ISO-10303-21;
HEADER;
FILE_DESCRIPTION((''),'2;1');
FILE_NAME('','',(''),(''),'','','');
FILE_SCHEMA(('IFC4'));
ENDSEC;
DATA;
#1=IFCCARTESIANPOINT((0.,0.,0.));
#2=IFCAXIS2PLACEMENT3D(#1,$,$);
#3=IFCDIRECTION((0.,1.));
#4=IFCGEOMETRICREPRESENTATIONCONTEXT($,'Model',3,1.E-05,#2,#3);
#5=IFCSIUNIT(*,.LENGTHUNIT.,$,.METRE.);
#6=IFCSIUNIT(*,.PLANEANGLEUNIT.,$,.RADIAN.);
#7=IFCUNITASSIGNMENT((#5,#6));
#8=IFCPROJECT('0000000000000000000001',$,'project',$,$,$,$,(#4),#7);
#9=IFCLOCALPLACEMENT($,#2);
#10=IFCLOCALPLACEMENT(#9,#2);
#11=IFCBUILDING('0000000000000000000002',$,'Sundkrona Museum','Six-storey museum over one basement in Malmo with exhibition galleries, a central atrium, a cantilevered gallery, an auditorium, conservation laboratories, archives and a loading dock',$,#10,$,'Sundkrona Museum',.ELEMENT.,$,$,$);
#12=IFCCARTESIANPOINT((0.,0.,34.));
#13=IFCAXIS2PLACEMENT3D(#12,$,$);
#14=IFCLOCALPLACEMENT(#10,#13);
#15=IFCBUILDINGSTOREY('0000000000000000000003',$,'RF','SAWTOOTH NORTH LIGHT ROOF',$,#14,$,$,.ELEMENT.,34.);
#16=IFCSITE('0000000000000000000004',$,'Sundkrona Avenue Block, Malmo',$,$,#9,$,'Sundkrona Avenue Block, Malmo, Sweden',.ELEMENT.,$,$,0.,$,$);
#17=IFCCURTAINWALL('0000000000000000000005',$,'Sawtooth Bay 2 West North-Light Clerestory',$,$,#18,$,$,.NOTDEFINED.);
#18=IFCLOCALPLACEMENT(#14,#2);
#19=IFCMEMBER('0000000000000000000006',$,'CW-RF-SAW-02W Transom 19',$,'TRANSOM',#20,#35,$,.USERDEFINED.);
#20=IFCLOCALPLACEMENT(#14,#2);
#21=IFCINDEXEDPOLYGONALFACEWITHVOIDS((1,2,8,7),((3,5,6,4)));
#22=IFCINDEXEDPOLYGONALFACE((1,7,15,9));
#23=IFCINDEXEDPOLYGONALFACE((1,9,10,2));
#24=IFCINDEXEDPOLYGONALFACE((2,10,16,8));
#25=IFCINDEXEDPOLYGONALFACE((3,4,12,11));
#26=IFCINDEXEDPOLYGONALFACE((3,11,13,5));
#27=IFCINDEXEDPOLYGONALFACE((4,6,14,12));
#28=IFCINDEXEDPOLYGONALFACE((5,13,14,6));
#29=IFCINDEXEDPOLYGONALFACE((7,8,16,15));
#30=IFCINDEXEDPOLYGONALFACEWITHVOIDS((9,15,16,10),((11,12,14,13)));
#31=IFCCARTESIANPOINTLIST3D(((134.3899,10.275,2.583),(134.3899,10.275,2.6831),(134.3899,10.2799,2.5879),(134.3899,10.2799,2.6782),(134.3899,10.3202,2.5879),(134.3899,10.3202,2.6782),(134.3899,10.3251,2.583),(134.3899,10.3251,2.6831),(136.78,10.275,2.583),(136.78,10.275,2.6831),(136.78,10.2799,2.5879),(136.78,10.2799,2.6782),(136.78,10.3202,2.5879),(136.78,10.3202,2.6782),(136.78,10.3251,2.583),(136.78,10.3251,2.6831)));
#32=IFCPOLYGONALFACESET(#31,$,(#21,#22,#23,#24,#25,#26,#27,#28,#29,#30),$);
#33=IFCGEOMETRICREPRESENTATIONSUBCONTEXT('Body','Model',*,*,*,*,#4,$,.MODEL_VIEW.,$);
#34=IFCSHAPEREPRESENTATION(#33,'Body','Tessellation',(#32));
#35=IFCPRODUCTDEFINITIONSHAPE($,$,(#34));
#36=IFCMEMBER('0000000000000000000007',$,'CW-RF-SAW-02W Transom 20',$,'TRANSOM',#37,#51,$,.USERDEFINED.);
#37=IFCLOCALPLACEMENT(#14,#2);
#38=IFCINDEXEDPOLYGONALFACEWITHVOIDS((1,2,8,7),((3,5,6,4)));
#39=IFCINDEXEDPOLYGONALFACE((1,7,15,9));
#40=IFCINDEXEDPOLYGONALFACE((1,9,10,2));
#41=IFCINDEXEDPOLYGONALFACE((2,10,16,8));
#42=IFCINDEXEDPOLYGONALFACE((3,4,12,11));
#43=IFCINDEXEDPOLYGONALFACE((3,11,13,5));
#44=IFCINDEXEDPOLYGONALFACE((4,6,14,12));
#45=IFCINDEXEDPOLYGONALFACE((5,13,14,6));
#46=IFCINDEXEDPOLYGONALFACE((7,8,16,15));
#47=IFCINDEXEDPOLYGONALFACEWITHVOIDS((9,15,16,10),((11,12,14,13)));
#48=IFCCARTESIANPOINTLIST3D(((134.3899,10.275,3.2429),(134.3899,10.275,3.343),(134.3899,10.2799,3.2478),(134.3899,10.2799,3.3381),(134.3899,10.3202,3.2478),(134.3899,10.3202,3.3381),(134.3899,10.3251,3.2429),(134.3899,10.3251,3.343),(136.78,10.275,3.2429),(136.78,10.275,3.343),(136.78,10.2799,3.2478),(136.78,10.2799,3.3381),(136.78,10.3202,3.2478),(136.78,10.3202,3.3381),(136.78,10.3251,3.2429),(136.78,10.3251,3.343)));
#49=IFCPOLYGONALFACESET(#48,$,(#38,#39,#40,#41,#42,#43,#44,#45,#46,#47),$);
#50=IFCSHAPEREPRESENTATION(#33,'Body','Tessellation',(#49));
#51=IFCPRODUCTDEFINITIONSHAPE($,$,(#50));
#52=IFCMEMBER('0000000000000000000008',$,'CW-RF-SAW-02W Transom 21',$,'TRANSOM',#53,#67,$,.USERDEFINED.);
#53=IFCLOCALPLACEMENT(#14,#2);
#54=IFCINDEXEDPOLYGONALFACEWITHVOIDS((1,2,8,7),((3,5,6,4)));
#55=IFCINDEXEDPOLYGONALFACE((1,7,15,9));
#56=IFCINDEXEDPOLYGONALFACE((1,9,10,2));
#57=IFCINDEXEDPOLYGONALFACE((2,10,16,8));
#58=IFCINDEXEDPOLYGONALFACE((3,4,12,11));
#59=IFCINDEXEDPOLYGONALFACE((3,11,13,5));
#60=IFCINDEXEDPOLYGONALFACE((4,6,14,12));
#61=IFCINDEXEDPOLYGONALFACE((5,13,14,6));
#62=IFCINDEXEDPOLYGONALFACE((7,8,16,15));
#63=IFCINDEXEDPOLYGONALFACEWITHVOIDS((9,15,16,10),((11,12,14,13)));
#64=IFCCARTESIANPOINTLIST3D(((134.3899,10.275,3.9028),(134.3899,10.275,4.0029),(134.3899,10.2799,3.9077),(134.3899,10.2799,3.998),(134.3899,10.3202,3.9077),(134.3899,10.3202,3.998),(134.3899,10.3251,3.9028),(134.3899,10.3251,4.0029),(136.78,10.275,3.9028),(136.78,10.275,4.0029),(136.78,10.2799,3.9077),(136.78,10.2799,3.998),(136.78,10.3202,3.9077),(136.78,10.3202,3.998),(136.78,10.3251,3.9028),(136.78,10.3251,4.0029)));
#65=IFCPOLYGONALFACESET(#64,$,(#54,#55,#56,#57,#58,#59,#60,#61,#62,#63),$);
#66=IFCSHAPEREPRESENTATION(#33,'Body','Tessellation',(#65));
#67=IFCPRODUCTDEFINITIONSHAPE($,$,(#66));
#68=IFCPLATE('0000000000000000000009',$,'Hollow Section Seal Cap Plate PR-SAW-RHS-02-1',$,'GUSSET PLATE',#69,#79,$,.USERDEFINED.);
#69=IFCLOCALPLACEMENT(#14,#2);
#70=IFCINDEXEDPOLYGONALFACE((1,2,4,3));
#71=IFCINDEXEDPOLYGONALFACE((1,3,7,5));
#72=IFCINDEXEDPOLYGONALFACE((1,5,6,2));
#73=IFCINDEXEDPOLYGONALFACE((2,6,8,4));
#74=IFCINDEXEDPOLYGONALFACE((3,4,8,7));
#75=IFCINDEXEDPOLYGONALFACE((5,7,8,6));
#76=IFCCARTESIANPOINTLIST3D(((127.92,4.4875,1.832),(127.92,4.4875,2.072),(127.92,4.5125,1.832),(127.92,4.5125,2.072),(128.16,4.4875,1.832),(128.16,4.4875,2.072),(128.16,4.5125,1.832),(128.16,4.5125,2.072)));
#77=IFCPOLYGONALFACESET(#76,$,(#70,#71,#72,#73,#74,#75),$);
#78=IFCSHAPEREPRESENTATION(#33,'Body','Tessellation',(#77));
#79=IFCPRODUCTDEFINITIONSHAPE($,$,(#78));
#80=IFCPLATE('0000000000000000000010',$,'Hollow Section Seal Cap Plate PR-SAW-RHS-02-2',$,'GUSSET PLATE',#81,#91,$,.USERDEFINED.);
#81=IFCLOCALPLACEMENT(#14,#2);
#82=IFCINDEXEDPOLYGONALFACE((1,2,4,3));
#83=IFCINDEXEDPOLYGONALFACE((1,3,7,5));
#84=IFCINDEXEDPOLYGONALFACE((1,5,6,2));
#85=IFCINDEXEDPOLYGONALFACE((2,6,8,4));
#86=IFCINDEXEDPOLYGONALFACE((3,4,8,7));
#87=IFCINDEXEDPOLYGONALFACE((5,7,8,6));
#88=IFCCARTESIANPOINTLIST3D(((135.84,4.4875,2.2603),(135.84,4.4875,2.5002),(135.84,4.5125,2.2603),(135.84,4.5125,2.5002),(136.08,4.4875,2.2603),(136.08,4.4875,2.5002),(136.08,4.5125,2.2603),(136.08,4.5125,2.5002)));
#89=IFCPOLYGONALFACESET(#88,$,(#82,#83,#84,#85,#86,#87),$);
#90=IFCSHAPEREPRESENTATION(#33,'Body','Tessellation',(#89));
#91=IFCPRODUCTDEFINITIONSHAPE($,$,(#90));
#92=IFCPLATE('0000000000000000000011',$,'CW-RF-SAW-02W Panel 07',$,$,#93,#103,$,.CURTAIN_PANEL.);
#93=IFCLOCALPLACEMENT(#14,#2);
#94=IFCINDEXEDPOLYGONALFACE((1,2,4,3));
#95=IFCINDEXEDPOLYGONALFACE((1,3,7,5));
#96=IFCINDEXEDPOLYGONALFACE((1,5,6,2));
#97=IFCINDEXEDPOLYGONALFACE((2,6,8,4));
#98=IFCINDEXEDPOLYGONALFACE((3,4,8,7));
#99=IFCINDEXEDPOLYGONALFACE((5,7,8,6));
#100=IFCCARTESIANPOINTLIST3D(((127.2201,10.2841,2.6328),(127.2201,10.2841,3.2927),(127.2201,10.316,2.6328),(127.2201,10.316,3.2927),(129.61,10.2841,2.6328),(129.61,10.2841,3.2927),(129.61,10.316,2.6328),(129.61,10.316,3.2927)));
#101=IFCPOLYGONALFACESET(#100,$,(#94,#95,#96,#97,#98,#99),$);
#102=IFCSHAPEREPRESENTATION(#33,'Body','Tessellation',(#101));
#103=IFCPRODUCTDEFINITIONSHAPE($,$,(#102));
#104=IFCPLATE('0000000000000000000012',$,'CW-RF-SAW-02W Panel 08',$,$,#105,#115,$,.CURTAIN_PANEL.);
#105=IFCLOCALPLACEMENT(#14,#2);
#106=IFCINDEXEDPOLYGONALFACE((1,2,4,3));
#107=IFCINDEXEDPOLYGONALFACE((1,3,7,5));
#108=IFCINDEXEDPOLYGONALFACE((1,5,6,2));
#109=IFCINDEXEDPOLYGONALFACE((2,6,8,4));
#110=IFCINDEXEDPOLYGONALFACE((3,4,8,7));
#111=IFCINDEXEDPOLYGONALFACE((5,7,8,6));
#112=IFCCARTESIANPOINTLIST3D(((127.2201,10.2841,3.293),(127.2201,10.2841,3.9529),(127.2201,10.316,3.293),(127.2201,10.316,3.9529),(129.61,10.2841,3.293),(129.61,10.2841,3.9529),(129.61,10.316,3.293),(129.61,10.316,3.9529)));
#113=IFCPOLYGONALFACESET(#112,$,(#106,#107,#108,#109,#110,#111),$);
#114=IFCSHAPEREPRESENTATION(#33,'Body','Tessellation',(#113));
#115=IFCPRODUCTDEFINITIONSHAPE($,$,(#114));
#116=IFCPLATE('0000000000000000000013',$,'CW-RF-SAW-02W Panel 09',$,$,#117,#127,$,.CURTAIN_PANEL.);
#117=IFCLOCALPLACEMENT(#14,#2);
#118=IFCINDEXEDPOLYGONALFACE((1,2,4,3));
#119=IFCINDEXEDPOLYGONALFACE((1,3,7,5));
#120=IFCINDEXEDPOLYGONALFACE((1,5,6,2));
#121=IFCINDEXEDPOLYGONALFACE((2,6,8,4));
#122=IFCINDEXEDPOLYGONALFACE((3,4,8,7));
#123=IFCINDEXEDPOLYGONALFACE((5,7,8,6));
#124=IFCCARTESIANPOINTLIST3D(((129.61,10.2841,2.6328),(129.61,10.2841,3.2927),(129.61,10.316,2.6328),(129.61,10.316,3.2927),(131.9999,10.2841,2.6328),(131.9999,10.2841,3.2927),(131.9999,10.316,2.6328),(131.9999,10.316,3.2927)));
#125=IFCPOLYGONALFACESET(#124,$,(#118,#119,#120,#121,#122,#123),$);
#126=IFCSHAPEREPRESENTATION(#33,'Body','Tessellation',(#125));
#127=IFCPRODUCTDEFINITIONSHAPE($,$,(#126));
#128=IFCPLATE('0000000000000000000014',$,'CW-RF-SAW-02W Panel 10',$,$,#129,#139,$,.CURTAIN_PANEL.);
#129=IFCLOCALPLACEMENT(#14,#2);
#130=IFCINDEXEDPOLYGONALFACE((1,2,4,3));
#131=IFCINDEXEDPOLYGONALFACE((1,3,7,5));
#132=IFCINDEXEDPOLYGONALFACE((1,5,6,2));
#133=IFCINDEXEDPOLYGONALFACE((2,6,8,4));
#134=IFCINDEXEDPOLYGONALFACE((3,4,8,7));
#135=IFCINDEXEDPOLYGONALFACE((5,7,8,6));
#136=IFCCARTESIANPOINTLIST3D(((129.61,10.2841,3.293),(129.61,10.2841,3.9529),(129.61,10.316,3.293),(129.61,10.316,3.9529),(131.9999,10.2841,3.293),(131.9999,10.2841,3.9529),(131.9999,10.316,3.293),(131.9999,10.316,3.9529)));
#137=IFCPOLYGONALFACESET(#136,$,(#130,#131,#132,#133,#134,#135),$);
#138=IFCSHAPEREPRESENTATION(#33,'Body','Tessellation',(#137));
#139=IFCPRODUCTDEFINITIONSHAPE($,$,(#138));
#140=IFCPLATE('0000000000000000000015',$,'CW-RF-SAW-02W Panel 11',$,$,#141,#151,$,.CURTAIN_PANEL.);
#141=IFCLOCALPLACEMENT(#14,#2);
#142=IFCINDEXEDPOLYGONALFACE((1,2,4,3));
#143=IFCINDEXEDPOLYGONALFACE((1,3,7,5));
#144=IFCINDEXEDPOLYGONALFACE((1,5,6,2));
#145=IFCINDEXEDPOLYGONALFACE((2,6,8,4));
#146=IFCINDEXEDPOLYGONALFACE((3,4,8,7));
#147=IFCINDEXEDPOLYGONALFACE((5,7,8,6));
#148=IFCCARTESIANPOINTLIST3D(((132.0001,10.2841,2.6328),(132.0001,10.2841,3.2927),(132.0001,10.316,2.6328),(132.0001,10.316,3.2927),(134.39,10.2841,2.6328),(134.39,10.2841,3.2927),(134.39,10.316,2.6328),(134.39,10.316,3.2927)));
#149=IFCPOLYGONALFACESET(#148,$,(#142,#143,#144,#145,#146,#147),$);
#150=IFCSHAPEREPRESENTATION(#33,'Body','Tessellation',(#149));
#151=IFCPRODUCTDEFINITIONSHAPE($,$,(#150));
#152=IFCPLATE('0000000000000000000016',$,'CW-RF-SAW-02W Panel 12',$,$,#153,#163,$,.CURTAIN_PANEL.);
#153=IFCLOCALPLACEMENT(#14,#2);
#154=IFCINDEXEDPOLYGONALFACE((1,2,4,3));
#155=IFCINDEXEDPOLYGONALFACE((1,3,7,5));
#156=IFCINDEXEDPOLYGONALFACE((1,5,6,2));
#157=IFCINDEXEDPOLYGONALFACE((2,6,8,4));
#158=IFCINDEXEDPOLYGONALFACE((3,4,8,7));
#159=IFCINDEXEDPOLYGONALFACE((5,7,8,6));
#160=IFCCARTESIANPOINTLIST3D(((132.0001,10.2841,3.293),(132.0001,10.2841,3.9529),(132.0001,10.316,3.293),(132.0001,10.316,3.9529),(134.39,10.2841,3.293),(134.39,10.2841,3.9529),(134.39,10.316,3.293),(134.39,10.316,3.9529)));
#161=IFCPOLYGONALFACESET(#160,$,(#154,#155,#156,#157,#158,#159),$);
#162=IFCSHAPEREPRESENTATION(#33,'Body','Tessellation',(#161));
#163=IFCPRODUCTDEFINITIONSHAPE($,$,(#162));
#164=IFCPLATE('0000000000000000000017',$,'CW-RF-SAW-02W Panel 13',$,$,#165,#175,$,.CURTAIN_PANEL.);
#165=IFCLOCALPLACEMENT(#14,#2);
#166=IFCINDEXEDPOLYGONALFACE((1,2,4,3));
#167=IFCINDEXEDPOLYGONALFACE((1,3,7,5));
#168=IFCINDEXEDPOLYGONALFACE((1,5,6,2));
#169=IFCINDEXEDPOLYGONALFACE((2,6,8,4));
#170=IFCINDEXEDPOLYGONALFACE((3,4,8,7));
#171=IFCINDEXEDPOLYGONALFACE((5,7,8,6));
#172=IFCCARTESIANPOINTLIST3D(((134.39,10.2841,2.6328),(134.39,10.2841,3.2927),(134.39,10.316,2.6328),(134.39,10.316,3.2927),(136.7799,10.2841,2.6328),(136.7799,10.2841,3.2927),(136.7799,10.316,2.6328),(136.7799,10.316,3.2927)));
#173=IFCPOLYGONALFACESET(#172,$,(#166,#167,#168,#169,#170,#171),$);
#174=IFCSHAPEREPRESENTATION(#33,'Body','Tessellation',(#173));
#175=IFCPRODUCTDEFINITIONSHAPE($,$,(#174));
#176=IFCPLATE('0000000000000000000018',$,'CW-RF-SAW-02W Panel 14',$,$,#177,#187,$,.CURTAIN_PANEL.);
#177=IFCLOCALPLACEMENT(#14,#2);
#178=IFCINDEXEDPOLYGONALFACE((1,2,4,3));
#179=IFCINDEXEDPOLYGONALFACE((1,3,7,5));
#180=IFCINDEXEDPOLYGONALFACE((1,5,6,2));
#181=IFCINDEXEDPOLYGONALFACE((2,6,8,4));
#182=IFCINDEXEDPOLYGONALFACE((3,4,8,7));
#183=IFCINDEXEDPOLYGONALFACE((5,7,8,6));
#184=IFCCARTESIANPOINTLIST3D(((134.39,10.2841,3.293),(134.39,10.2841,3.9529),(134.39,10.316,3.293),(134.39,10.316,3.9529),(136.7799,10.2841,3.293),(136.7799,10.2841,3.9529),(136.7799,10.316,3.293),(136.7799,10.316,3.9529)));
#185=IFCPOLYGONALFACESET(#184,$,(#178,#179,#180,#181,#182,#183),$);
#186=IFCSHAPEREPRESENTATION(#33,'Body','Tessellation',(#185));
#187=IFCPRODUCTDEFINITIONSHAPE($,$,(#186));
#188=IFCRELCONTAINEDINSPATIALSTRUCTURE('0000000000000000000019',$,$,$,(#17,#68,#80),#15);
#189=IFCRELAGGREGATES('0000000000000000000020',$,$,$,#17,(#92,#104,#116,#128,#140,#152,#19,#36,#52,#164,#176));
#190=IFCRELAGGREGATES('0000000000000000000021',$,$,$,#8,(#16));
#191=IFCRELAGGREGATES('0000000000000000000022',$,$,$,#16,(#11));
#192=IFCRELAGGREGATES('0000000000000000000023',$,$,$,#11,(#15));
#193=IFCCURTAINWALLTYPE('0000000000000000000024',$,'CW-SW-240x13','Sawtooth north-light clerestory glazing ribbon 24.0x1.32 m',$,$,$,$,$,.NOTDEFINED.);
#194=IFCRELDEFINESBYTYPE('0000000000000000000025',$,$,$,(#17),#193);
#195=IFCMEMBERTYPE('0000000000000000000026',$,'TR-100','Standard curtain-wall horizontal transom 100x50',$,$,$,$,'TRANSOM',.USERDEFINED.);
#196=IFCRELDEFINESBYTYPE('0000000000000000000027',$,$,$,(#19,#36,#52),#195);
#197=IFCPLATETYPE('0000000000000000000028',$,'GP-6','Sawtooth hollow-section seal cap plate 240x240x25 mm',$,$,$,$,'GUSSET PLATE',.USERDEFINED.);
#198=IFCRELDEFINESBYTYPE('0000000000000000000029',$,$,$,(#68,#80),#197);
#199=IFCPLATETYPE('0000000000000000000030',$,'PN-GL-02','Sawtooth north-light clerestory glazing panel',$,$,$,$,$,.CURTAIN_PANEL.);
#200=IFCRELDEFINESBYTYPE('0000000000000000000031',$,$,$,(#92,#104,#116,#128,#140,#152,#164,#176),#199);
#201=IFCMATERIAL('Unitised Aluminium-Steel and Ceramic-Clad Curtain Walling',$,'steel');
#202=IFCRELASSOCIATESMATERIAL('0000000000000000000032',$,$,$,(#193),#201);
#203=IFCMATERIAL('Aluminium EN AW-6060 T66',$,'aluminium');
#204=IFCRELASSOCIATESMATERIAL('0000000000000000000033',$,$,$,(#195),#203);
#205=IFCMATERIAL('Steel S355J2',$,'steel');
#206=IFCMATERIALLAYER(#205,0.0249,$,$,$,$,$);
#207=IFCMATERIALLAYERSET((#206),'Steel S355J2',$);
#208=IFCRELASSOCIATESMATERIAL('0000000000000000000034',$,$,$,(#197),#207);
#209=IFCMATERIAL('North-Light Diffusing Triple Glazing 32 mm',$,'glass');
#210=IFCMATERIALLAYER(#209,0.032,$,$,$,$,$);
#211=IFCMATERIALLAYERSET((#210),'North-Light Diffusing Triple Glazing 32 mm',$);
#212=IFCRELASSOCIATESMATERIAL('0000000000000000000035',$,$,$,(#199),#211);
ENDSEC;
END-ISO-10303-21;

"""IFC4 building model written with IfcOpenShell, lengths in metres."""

from ifc_helpers import new_model, si_unit, direction, frame, origin, origin_2d, place, context, subcontext, project, spatial, rectangle, hollow_rectangle, extrude, material, layer, layer_set, material_profile, profile_set, type_object, element, aggregate, save


model = new_model("IFC4")

# Units and contexts
model_context = context("Model", 3, precision=1e-05, world=origin(), true_north=direction((0.0, 1.0)))
body_context = subcontext(model_context, "Body", "Model", "MODEL_VIEW")
ifc_project = project(units=[si_unit("LENGTHUNIT", "METRE"), si_unit("PLANEANGLEUNIT", "RADIAN")], contexts=[model_context])

# Site, building, storey
site_placement = place(None, origin())
site = spatial("IfcSite", under=ifc_project, at=site_placement, Name="Sundkrona Avenue Block, Malmo", LongName="Sundkrona Avenue Block, Malmo, Sweden", CompositionType="ELEMENT", RefElevation=0.0)
building_placement = place(site_placement, origin())
building = spatial("IfcBuilding", under=site, at=building_placement, Name="Sundkrona Museum", Description="Six-storey museum over one basement in Malmo with exhibition galleries, a central atrium, a cantilevered gallery, an auditorium, conservation laboratories, archives and a loading dock", LongName="Sundkrona Museum", CompositionType="ELEMENT")
storey_placement = place(building_placement, frame((0.0, 0.0, 34.0)))
storey = spatial("IfcBuildingStorey", under=building, at=storey_placement, Name="RF", Description="SAWTOOTH NORTH LIGHT ROOF", CompositionType="ELEMENT", Elevation=34.0)

# Curtain wall
ifc_material_1 = material(Name="Unitised Aluminium-Steel and Ceramic-Clad Curtain Walling", Category="steel")
curtain_wall_type = type_object("IfcCurtainWallType", Name="CW-SW-240x13", Description="Sawtooth north-light clerestory glazing ribbon 24.0x1.32 m", PredefinedType="NOTDEFINED", material=ifc_material_1)
curtain_wall_placement = place(storey_placement, origin())
curtain_wall = element("IfcCurtainWall", 1, at=curtain_wall_placement, inside=storey, type_object=curtain_wall_type, Name="Sawtooth Bay 2 West North-Light Clerestory", PredefinedType="NOTDEFINED")
ifc_material_2 = material(Name="Aluminium EN AW-6060 T66", Category="aluminium")

# Members
ifc_material_3 = material(Name="Steel S355J2", Category="steel")
ifc_material_profile_1 = material_profile(ifc_material_2, hollow_rectangle(XDim=0.05, YDim=0.1001, WallThickness=0.0049, at=origin_2d()), Name="RHS 100x50x5.0")
ifc_profile_set_1 = profile_set([ifc_material_profile_1], Name="Aluminium EN AW-6060 T66")
member_type_1 = type_object("IfcMemberType", Name="TR-100", Description="Standard curtain-wall horizontal transom 100x50", ElementType="TRANSOM", PredefinedType="USERDEFINED", material=ifc_profile_set_1)
member_1_placement = place(storey_placement, frame((134.3899, 10.3, 2.6331), z_axis=(1.0, 0.0, 0.0), x_axis=(0.0, 1.0, 0.0)))
member_1 = element("IfcMember", 2, at=member_1_placement, type_object=member_type_1, Name="CW-RF-SAW-02W Transom 19", ObjectType="TRANSOM", PredefinedType="USERDEFINED", context=body_context, shape_type="SweptSolid", body=[
    extrude(hollow_rectangle(XDim=0.05, YDim=0.1001, WallThickness=0.0049, at=origin_2d()), origin(), (0.0, 0.0, 1.0), 2.3901),
])
member_2_placement = place(storey_placement, frame((134.3899, 10.3, 3.293), z_axis=(1.0, 0.0, 0.0), x_axis=(0.0, 1.0, 0.0)))
member_2 = element("IfcMember", 3, at=member_2_placement, type_object=member_type_1, Name="CW-RF-SAW-02W Transom 20", ObjectType="TRANSOM", PredefinedType="USERDEFINED", context=body_context, shape_type="SweptSolid", body=[
    extrude(hollow_rectangle(XDim=0.05, YDim=0.1001, WallThickness=0.0049, at=origin_2d()), origin(), (0.0, 0.0, 1.0), 2.3901),
])
member_3_placement = place(storey_placement, frame((134.3899, 10.3, 3.9529), z_axis=(1.0, 0.0, 0.0), x_axis=(0.0, 1.0, 0.0)))
member_3 = element("IfcMember", 4, at=member_3_placement, type_object=member_type_1, Name="CW-RF-SAW-02W Transom 21", ObjectType="TRANSOM", PredefinedType="USERDEFINED", context=body_context, shape_type="SweptSolid", body=[
    extrude(hollow_rectangle(XDim=0.05, YDim=0.1001, WallThickness=0.0049, at=origin_2d()), origin(), (0.0, 0.0, 1.0), 2.3901),
])

# Plates
ifc_layer_1 = layer(ifc_material_3, 0.0249)
ifc_layer_set_1 = layer_set([ifc_layer_1], Name="Steel S355J2")
plate_type_1 = type_object("IfcPlateType", Name="GP-6", Description="Sawtooth hollow-section seal cap plate 240x240x25 mm", ElementType="GUSSET PLATE", PredefinedType="USERDEFINED", material=ifc_layer_set_1)
for number, where, z_axis, x_axis, name in (
    (5, (128.04, 4.5, 1.832), (0.0, 0.0, 1.0), (1.0, 0.0, 0.0), "Hollow Section Seal Cap Plate PR-SAW-RHS-02-1"),
    (6, (135.96, 4.5, 2.2603), (0.0, 0.0, 1.0), (1.0, 0.0, 0.0), "Hollow Section Seal Cap Plate PR-SAW-RHS-02-2"),
):
    element("IfcPlate", number, at=place(storey_placement, frame(where, z_axis=z_axis, x_axis=x_axis)), inside=storey, type_object=plate_type_1, Name=name, ObjectType="GUSSET PLATE", PredefinedType="USERDEFINED", context=body_context, shape_type="SweptSolid", body=[
        extrude(rectangle(XDim=0.24, YDim=0.0249, at=origin_2d()), origin(), (0.0, 0.0, 1.0), 0.24),
    ])

# Plates
ifc_material_4 = material(Name="North-Light Diffusing Triple Glazing 32 mm", Category="glass")
ifc_layer_2 = layer(ifc_material_4, 0.032)
ifc_layer_set_2 = layer_set([ifc_layer_2], Name="North-Light Diffusing Triple Glazing 32 mm")
plate_type_2 = type_object("IfcPlateType", Name="PN-GL-02", Description="Sawtooth north-light clerestory glazing panel", PredefinedType="CURTAIN_PANEL", material=ifc_layer_set_2)
plate_1_placement = place(storey_placement, frame((128.415, 10.3, 2.6328), z_axis=(0.0, 0.0, 1.0), x_axis=(1.0, 0.0, 0.0)))
plate_1 = element("IfcPlate", 7, at=plate_1_placement, type_object=plate_type_2, Name="CW-RF-SAW-02W Panel 07", PredefinedType="CURTAIN_PANEL", context=body_context, shape_type="SweptSolid", body=[
    extrude(rectangle(XDim=2.3899, YDim=0.032, at=origin_2d()), origin(), (0.0, 0.0, 1.0), 0.6599),
])
plate_2_placement = place(storey_placement, frame((128.415, 10.3, 3.293), z_axis=(0.0, 0.0, 1.0), x_axis=(1.0, 0.0, 0.0)))
plate_2 = element("IfcPlate", 8, at=plate_2_placement, type_object=plate_type_2, Name="CW-RF-SAW-02W Panel 08", PredefinedType="CURTAIN_PANEL", context=body_context, shape_type="SweptSolid", body=[
    extrude(rectangle(XDim=2.3899, YDim=0.032, at=origin_2d()), origin(), (0.0, 0.0, 1.0), 0.6599),
])
plate_3_placement = place(storey_placement, frame((130.8049, 10.3, 2.6328), z_axis=(0.0, 0.0, 1.0), x_axis=(1.0, 0.0, 0.0)))
plate_3 = element("IfcPlate", 9, at=plate_3_placement, type_object=plate_type_2, Name="CW-RF-SAW-02W Panel 09", PredefinedType="CURTAIN_PANEL", context=body_context, shape_type="SweptSolid", body=[
    extrude(rectangle(XDim=2.3899, YDim=0.032, at=origin_2d()), origin(), (0.0, 0.0, 1.0), 0.6599),
])
plate_4_placement = place(storey_placement, frame((130.8049, 10.3, 3.293), z_axis=(0.0, 0.0, 1.0), x_axis=(1.0, 0.0, 0.0)))
plate_4 = element("IfcPlate", 10, at=plate_4_placement, type_object=plate_type_2, Name="CW-RF-SAW-02W Panel 10", PredefinedType="CURTAIN_PANEL", context=body_context, shape_type="SweptSolid", body=[
    extrude(rectangle(XDim=2.3899, YDim=0.032, at=origin_2d()), origin(), (0.0, 0.0, 1.0), 0.6599),
])
plate_5_placement = place(storey_placement, frame((133.1951, 10.3, 2.6328), z_axis=(0.0, 0.0, 1.0), x_axis=(1.0, 0.0, 0.0)))
plate_5 = element("IfcPlate", 11, at=plate_5_placement, type_object=plate_type_2, Name="CW-RF-SAW-02W Panel 11", PredefinedType="CURTAIN_PANEL", context=body_context, shape_type="SweptSolid", body=[
    extrude(rectangle(XDim=2.3899, YDim=0.032, at=origin_2d()), origin(), (0.0, 0.0, 1.0), 0.6599),
])
plate_6_placement = place(storey_placement, frame((133.1951, 10.3, 3.293), z_axis=(0.0, 0.0, 1.0), x_axis=(1.0, 0.0, 0.0)))
plate_6 = element("IfcPlate", 12, at=plate_6_placement, type_object=plate_type_2, Name="CW-RF-SAW-02W Panel 12", PredefinedType="CURTAIN_PANEL", context=body_context, shape_type="SweptSolid", body=[
    extrude(rectangle(XDim=2.3899, YDim=0.032, at=origin_2d()), origin(), (0.0, 0.0, 1.0), 0.6599),
])
plate_7_placement = place(storey_placement, frame((135.585, 10.3, 2.6328), z_axis=(0.0, 0.0, 1.0), x_axis=(1.0, 0.0, 0.0)))
plate_7 = element("IfcPlate", 13, at=plate_7_placement, type_object=plate_type_2, Name="CW-RF-SAW-02W Panel 13", PredefinedType="CURTAIN_PANEL", context=body_context, shape_type="SweptSolid", body=[
    extrude(rectangle(XDim=2.3899, YDim=0.032, at=origin_2d()), origin(), (0.0, 0.0, 1.0), 0.6599),
])
plate_8_placement = place(storey_placement, frame((135.585, 10.3, 3.293), z_axis=(0.0, 0.0, 1.0), x_axis=(1.0, 0.0, 0.0)))
plate_8 = element("IfcPlate", 14, at=plate_8_placement, type_object=plate_type_2, Name="CW-RF-SAW-02W Panel 14", PredefinedType="CURTAIN_PANEL", context=body_context, shape_type="SweptSolid", body=[
    extrude(rectangle(XDim=2.3899, YDim=0.032, at=origin_2d()), origin(), (0.0, 0.0, 1.0), 0.6599),
])
aggregate(curtain_wall, [plate_1, plate_2, plate_3, plate_4, plate_5, plate_6, member_1, member_2, member_3, plate_7, plate_8])

save(model, "model.ifc")
